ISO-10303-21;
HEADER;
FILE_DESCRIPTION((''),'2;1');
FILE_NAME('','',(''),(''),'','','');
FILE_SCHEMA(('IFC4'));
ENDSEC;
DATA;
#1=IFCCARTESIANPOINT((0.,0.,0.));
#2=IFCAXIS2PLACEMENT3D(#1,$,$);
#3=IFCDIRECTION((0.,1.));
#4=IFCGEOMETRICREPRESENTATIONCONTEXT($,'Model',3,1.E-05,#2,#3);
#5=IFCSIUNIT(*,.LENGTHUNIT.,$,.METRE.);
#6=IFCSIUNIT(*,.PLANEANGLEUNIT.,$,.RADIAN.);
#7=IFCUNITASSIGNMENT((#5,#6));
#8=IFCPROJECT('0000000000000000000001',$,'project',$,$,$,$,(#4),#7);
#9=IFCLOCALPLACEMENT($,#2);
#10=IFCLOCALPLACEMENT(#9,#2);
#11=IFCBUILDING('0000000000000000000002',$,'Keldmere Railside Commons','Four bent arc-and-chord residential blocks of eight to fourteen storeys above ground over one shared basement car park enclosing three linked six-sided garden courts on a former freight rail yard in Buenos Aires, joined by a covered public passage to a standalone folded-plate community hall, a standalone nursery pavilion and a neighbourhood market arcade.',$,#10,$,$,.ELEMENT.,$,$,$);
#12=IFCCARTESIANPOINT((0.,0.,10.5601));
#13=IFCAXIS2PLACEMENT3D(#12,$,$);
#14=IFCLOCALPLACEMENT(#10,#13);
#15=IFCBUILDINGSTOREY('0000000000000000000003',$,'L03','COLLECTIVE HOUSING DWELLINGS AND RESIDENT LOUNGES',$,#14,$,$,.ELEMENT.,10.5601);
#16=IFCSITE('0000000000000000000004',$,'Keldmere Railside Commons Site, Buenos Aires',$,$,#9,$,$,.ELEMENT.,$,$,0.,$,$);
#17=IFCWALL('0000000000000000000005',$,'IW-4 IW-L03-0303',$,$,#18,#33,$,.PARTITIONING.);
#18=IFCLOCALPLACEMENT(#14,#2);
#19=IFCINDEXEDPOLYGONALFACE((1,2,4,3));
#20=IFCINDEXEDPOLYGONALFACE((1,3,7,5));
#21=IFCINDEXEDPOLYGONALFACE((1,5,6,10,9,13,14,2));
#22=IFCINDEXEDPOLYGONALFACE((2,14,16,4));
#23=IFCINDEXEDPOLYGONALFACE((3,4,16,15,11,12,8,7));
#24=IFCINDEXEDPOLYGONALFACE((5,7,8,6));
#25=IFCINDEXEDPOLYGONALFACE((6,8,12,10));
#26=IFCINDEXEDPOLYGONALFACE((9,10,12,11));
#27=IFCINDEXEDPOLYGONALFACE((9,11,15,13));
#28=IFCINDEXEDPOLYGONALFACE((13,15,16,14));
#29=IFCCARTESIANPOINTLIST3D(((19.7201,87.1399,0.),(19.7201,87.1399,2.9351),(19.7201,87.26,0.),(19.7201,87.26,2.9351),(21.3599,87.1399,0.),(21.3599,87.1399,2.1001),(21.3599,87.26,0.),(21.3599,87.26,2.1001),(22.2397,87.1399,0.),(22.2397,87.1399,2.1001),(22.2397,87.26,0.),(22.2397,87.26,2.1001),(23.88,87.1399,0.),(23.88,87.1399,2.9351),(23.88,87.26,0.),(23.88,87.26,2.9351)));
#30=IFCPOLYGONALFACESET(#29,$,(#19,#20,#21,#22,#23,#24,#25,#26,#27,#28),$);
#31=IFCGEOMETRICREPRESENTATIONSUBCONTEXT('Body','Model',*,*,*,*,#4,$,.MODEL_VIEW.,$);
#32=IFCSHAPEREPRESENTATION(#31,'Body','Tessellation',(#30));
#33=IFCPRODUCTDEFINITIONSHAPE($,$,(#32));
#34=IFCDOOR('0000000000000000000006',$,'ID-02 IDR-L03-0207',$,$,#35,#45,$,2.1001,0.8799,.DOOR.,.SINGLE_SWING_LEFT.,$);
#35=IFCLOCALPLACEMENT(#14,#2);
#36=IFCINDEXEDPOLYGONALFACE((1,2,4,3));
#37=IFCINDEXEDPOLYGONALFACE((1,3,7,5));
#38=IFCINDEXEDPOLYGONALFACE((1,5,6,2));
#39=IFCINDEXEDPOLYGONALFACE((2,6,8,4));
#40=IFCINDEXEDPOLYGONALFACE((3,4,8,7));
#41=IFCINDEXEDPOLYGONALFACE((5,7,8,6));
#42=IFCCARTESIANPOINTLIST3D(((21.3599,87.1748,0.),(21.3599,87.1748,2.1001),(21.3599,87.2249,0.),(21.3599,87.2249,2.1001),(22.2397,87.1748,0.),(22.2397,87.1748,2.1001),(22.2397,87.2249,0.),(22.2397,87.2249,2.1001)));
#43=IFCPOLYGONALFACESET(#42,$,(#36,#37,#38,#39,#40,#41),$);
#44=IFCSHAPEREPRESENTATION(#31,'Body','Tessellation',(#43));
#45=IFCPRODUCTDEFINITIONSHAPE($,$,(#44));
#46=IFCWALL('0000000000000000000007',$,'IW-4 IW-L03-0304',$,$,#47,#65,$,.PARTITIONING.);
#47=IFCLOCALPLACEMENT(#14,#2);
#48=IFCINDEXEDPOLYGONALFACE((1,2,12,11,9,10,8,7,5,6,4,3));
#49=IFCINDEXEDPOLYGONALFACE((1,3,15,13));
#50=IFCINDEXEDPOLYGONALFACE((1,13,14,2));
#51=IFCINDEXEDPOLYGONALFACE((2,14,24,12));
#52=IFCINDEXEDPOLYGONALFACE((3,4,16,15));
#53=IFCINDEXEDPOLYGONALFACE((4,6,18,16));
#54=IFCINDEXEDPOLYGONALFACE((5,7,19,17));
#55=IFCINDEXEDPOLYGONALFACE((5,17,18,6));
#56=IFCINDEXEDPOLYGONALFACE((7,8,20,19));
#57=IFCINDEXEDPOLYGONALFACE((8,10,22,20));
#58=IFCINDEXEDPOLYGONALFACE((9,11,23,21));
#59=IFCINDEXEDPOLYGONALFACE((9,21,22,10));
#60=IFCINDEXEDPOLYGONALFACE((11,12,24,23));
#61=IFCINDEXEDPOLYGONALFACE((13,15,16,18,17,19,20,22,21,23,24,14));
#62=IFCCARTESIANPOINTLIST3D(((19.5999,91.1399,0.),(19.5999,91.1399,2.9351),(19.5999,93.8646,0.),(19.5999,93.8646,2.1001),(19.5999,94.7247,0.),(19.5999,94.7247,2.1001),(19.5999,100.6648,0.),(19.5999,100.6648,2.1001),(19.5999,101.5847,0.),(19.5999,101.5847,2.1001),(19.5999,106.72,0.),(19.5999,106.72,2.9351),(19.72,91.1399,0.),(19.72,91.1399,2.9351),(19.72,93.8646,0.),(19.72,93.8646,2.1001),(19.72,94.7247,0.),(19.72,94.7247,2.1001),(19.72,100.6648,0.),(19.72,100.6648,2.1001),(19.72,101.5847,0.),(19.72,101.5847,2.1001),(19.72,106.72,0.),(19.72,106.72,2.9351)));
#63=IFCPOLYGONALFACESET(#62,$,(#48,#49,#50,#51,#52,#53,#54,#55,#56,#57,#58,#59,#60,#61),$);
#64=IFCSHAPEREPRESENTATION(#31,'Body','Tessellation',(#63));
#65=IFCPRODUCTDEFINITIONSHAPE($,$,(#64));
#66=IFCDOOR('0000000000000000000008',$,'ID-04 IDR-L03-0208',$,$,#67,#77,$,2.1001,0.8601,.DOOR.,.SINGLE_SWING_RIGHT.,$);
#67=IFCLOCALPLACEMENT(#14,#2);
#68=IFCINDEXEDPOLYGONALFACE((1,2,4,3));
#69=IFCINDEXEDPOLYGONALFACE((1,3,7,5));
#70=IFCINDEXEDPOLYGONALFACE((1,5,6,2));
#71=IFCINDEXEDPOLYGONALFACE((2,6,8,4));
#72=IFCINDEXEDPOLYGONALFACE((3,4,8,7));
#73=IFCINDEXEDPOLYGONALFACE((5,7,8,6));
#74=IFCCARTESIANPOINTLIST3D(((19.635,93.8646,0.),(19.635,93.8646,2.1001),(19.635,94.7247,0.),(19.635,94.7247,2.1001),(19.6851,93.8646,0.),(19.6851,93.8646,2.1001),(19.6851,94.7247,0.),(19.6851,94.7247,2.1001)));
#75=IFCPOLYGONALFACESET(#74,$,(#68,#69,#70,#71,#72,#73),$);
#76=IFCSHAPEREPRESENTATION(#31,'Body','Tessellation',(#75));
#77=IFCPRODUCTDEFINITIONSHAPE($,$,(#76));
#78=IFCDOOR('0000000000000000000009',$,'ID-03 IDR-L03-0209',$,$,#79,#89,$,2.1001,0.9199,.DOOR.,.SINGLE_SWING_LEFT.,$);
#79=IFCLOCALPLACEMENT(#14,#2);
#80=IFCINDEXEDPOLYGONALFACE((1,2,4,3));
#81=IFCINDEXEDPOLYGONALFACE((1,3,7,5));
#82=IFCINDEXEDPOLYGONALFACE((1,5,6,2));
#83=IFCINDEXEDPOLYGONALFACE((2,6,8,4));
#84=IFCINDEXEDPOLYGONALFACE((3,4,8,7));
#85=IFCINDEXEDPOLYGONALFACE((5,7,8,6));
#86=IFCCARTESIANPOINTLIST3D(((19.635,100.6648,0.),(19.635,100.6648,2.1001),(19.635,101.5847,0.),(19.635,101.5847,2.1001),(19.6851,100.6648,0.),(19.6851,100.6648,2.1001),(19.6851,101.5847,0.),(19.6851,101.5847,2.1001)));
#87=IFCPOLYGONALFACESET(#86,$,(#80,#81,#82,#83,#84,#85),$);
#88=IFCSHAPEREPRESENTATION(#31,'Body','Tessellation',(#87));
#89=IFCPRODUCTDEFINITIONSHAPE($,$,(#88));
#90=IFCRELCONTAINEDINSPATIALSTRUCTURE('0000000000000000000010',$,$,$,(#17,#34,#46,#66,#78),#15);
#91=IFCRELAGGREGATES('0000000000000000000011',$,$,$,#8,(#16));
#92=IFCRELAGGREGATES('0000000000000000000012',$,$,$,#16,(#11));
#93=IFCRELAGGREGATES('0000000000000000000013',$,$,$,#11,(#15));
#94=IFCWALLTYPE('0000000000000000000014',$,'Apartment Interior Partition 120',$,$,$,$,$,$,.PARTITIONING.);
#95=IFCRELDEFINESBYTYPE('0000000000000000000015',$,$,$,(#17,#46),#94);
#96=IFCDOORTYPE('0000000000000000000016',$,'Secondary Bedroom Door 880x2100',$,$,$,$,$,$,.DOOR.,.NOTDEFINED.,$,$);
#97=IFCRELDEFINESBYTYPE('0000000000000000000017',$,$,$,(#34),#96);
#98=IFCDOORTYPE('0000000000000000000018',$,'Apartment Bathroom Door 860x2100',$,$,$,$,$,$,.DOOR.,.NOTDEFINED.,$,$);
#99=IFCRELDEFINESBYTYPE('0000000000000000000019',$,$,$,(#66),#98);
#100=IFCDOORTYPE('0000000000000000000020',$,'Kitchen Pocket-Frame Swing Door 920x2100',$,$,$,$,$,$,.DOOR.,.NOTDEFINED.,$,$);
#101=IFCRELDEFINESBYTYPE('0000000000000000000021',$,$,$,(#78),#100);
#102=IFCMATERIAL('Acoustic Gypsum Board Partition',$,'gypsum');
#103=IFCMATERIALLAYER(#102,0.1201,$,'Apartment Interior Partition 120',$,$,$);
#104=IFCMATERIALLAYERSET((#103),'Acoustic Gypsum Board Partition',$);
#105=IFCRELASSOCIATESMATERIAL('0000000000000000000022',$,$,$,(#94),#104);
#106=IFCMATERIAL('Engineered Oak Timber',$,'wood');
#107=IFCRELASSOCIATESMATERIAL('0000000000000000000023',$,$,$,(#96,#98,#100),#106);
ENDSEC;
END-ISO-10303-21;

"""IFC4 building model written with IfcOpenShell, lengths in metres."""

from ifc_helpers import new_model, si_unit, direction, frame, frame_2d, origin, place, context, subcontext, project, spatial, rectangle, extrude, material, layer, layer_set, type_object, element, fill, save


model = new_model("IFC4")

# Units and contexts
model_context = context("Model", 3, precision=1e-05, world=origin(), true_north=direction((0.0, 1.0)))
body_context = subcontext(model_context, "Body", "Model", "MODEL_VIEW")
ifc_project = project(units=[si_unit("LENGTHUNIT", "METRE"), si_unit("PLANEANGLEUNIT", "RADIAN")], contexts=[model_context])

# Site, building, storey
site_placement = place(None, origin())
site = spatial("IfcSite", under=ifc_project, at=site_placement, Name="Keldmere Railside Commons Site, Buenos Aires", CompositionType="ELEMENT", RefElevation=0.0)
building_placement = place(site_placement, origin())
building = spatial("IfcBuilding", under=site, at=building_placement, Name="Keldmere Railside Commons", Description="Four bent arc-and-chord residential blocks of eight to fourteen storeys above ground over one shared basement car park enclosing three linked six-sided garden courts on a former freight rail yard in Buenos Aires, joined by a covered public passage to a standalone folded-plate community hall, a standalone nursery pavilion and a neighbourhood market arcade.", CompositionType="ELEMENT")
storey_placement = place(building_placement, frame((0.0, 0.0, 10.5601)))
storey = spatial("IfcBuildingStorey", under=building, at=storey_placement, Name="L03", Description="COLLECTIVE HOUSING DWELLINGS AND RESIDENT LOUNGES", CompositionType="ELEMENT", Elevation=10.5601)

# Shared definitions
ifc_material_1 = material(Name="Acoustic Gypsum Board Partition", Category="gypsum")

# Wall, opening, door
ifc_layer_1 = layer(ifc_material_1, 0.1201, Name="Apartment Interior Partition 120")
ifc_layer_set_1 = layer_set([ifc_layer_1], Name="Acoustic Gypsum Board Partition")
wall_type_1 = type_object("IfcWallType", Name="Apartment Interior Partition 120", PredefinedType="PARTITIONING", material=ifc_layer_set_1)
wall_1_placement = place(storey_placement, frame((19.72, 87.2, 0.0), z_axis=(0.0, 0.0, 1.0), x_axis=(1.0, 0.0, 0.0)))
wall_1 = element("IfcWall", 1, at=wall_1_placement, inside=storey, type_object=wall_type_1, Name="IW-4 IW-L03-0303", PredefinedType="PARTITIONING", context=body_context, shape_type="SweptSolid", body=[
    extrude(rectangle(XDim=4.1599, YDim=0.1201, at=frame_2d((2.0801, 0.0))), origin(), (0.0, 0.0, 1.0), 2.9351),
])
opening_1_placement = place(wall_1_placement, frame((1.6399, 0.0, 0.0)))
opening_1 = element("IfcOpeningElement", 2, at=opening_1_placement, cuts=wall_1, PredefinedType="OPENING", context=body_context, shape_type="SweptSolid", body=[
    extrude(rectangle(XDim=0.8799, YDim=2.1001, at=frame_2d((0.4399, 1.05))), frame((0.0, 0.0701, 0.0), z_axis=(0.0, -1.0, 0.0), x_axis=(1.0, 0.0, 0.0)), (0.0, 0.0, 1.0), 0.1401),
])
ifc_material_2 = material(Name="Engineered Oak Timber", Category="wood")
door_type_1 = type_object("IfcDoorType", Name="Secondary Bedroom Door 880x2100", OperationType="NOTDEFINED", PredefinedType="DOOR", material=ifc_material_2)
door_1_placement = place(opening_1_placement, origin())
door_1 = element("IfcDoor", 3, at=door_1_placement, inside=storey, type_object=door_type_1, Name="ID-02 IDR-L03-0207", OperationType="SINGLE_SWING_LEFT", OverallHeight=2.1001, OverallWidth=0.8799, PredefinedType="DOOR", context=body_context, shape_type="SweptSolid", body=[
    extrude(rectangle(XDim=0.8799, YDim=2.1001, at=frame_2d((0.4399, 1.05))), frame((0.0, 0.0249, 0.0), z_axis=(0.0, -1.0, 0.0), x_axis=(1.0, 0.0, 0.0)), (0.0, 0.0, 1.0), 0.05),
])
fill(opening_1, door_1)

# Wall, openings, doors
wall_2_placement = place(storey_placement, frame((19.6599, 91.1399, 0.0), z_axis=(0.0, 0.0, 1.0), x_axis=(0.0, 1.0, 0.0)))
wall_2 = element("IfcWall", 4, at=wall_2_placement, inside=storey, type_object=wall_type_1, Name="IW-4 IW-L03-0304", PredefinedType="PARTITIONING", context=body_context, shape_type="SweptSolid", body=[
    extrude(rectangle(XDim=15.5801, YDim=0.1201, at=frame_2d((7.79, 0.0))), origin(), (0.0, 0.0, 1.0), 2.9351),
])
opening_2_placement = place(wall_2_placement, frame((2.7246, 0.0, 0.0)))
opening_2 = element("IfcOpeningElement", 5, at=opening_2_placement, cuts=wall_2, PredefinedType="OPENING", context=body_context, shape_type="SweptSolid", body=[
    extrude(rectangle(XDim=0.8601, YDim=2.1001, at=frame_2d((0.4302, 1.05))), frame((0.0, 0.0701, 0.0), z_axis=(0.0, -1.0, 0.0), x_axis=(1.0, 0.0, 0.0)), (0.0, 0.0, 1.0), 0.1401),
])
opening_3_placement = place(wall_2_placement, frame((9.5249, 0.0, 0.0)))
opening_3 = element("IfcOpeningElement", 6, at=opening_3_placement, cuts=wall_2, PredefinedType="OPENING", context=body_context, shape_type="SweptSolid", body=[
    extrude(rectangle(XDim=0.9199, YDim=2.1001, at=frame_2d((0.46, 1.05))), frame((0.0, 0.0701, 0.0), z_axis=(0.0, -1.0, 0.0), x_axis=(1.0, 0.0, 0.0)), (0.0, 0.0, 1.0), 0.1401),
])
door_type_2 = type_object("IfcDoorType", Name="Apartment Bathroom Door 860x2100", OperationType="NOTDEFINED", PredefinedType="DOOR", material=ifc_material_2)
door_2_placement = place(opening_2_placement, origin())
door_2 = element("IfcDoor", 7, at=door_2_placement, inside=storey, type_object=door_type_2, Name="ID-04 IDR-L03-0208", OperationType="SINGLE_SWING_RIGHT", OverallHeight=2.1001, OverallWidth=0.8601, PredefinedType="DOOR", context=body_context, shape_type="SweptSolid", body=[
    extrude(rectangle(XDim=0.8601, YDim=2.1001, at=frame_2d((0.4302, 1.05))), frame((0.0, 0.0249, 0.0), z_axis=(0.0, -1.0, 0.0), x_axis=(1.0, 0.0, 0.0)), (0.0, 0.0, 1.0), 0.05),
])
fill(opening_2, door_2)
door_type_3 = type_object("IfcDoorType", Name="Kitchen Pocket-Frame Swing Door 920x2100", OperationType="NOTDEFINED", PredefinedType="DOOR", material=ifc_material_2)
door_3_placement = place(opening_3_placement, origin())
door_3 = element("IfcDoor", 8, at=door_3_placement, inside=storey, type_object=door_type_3, Name="ID-03 IDR-L03-0209", OperationType="SINGLE_SWING_LEFT", OverallHeight=2.1001, OverallWidth=0.9199, PredefinedType="DOOR", context=body_context, shape_type="SweptSolid", body=[
    extrude(rectangle(XDim=0.9199, YDim=2.1001, at=frame_2d((0.46, 1.05))), frame((0.0, 0.0249, 0.0), z_axis=(0.0, -1.0, 0.0), x_axis=(1.0, 0.0, 0.0)), (0.0, 0.0, 1.0), 0.05),
])
fill(opening_3, door_3)

save(model, "model.ifc")
